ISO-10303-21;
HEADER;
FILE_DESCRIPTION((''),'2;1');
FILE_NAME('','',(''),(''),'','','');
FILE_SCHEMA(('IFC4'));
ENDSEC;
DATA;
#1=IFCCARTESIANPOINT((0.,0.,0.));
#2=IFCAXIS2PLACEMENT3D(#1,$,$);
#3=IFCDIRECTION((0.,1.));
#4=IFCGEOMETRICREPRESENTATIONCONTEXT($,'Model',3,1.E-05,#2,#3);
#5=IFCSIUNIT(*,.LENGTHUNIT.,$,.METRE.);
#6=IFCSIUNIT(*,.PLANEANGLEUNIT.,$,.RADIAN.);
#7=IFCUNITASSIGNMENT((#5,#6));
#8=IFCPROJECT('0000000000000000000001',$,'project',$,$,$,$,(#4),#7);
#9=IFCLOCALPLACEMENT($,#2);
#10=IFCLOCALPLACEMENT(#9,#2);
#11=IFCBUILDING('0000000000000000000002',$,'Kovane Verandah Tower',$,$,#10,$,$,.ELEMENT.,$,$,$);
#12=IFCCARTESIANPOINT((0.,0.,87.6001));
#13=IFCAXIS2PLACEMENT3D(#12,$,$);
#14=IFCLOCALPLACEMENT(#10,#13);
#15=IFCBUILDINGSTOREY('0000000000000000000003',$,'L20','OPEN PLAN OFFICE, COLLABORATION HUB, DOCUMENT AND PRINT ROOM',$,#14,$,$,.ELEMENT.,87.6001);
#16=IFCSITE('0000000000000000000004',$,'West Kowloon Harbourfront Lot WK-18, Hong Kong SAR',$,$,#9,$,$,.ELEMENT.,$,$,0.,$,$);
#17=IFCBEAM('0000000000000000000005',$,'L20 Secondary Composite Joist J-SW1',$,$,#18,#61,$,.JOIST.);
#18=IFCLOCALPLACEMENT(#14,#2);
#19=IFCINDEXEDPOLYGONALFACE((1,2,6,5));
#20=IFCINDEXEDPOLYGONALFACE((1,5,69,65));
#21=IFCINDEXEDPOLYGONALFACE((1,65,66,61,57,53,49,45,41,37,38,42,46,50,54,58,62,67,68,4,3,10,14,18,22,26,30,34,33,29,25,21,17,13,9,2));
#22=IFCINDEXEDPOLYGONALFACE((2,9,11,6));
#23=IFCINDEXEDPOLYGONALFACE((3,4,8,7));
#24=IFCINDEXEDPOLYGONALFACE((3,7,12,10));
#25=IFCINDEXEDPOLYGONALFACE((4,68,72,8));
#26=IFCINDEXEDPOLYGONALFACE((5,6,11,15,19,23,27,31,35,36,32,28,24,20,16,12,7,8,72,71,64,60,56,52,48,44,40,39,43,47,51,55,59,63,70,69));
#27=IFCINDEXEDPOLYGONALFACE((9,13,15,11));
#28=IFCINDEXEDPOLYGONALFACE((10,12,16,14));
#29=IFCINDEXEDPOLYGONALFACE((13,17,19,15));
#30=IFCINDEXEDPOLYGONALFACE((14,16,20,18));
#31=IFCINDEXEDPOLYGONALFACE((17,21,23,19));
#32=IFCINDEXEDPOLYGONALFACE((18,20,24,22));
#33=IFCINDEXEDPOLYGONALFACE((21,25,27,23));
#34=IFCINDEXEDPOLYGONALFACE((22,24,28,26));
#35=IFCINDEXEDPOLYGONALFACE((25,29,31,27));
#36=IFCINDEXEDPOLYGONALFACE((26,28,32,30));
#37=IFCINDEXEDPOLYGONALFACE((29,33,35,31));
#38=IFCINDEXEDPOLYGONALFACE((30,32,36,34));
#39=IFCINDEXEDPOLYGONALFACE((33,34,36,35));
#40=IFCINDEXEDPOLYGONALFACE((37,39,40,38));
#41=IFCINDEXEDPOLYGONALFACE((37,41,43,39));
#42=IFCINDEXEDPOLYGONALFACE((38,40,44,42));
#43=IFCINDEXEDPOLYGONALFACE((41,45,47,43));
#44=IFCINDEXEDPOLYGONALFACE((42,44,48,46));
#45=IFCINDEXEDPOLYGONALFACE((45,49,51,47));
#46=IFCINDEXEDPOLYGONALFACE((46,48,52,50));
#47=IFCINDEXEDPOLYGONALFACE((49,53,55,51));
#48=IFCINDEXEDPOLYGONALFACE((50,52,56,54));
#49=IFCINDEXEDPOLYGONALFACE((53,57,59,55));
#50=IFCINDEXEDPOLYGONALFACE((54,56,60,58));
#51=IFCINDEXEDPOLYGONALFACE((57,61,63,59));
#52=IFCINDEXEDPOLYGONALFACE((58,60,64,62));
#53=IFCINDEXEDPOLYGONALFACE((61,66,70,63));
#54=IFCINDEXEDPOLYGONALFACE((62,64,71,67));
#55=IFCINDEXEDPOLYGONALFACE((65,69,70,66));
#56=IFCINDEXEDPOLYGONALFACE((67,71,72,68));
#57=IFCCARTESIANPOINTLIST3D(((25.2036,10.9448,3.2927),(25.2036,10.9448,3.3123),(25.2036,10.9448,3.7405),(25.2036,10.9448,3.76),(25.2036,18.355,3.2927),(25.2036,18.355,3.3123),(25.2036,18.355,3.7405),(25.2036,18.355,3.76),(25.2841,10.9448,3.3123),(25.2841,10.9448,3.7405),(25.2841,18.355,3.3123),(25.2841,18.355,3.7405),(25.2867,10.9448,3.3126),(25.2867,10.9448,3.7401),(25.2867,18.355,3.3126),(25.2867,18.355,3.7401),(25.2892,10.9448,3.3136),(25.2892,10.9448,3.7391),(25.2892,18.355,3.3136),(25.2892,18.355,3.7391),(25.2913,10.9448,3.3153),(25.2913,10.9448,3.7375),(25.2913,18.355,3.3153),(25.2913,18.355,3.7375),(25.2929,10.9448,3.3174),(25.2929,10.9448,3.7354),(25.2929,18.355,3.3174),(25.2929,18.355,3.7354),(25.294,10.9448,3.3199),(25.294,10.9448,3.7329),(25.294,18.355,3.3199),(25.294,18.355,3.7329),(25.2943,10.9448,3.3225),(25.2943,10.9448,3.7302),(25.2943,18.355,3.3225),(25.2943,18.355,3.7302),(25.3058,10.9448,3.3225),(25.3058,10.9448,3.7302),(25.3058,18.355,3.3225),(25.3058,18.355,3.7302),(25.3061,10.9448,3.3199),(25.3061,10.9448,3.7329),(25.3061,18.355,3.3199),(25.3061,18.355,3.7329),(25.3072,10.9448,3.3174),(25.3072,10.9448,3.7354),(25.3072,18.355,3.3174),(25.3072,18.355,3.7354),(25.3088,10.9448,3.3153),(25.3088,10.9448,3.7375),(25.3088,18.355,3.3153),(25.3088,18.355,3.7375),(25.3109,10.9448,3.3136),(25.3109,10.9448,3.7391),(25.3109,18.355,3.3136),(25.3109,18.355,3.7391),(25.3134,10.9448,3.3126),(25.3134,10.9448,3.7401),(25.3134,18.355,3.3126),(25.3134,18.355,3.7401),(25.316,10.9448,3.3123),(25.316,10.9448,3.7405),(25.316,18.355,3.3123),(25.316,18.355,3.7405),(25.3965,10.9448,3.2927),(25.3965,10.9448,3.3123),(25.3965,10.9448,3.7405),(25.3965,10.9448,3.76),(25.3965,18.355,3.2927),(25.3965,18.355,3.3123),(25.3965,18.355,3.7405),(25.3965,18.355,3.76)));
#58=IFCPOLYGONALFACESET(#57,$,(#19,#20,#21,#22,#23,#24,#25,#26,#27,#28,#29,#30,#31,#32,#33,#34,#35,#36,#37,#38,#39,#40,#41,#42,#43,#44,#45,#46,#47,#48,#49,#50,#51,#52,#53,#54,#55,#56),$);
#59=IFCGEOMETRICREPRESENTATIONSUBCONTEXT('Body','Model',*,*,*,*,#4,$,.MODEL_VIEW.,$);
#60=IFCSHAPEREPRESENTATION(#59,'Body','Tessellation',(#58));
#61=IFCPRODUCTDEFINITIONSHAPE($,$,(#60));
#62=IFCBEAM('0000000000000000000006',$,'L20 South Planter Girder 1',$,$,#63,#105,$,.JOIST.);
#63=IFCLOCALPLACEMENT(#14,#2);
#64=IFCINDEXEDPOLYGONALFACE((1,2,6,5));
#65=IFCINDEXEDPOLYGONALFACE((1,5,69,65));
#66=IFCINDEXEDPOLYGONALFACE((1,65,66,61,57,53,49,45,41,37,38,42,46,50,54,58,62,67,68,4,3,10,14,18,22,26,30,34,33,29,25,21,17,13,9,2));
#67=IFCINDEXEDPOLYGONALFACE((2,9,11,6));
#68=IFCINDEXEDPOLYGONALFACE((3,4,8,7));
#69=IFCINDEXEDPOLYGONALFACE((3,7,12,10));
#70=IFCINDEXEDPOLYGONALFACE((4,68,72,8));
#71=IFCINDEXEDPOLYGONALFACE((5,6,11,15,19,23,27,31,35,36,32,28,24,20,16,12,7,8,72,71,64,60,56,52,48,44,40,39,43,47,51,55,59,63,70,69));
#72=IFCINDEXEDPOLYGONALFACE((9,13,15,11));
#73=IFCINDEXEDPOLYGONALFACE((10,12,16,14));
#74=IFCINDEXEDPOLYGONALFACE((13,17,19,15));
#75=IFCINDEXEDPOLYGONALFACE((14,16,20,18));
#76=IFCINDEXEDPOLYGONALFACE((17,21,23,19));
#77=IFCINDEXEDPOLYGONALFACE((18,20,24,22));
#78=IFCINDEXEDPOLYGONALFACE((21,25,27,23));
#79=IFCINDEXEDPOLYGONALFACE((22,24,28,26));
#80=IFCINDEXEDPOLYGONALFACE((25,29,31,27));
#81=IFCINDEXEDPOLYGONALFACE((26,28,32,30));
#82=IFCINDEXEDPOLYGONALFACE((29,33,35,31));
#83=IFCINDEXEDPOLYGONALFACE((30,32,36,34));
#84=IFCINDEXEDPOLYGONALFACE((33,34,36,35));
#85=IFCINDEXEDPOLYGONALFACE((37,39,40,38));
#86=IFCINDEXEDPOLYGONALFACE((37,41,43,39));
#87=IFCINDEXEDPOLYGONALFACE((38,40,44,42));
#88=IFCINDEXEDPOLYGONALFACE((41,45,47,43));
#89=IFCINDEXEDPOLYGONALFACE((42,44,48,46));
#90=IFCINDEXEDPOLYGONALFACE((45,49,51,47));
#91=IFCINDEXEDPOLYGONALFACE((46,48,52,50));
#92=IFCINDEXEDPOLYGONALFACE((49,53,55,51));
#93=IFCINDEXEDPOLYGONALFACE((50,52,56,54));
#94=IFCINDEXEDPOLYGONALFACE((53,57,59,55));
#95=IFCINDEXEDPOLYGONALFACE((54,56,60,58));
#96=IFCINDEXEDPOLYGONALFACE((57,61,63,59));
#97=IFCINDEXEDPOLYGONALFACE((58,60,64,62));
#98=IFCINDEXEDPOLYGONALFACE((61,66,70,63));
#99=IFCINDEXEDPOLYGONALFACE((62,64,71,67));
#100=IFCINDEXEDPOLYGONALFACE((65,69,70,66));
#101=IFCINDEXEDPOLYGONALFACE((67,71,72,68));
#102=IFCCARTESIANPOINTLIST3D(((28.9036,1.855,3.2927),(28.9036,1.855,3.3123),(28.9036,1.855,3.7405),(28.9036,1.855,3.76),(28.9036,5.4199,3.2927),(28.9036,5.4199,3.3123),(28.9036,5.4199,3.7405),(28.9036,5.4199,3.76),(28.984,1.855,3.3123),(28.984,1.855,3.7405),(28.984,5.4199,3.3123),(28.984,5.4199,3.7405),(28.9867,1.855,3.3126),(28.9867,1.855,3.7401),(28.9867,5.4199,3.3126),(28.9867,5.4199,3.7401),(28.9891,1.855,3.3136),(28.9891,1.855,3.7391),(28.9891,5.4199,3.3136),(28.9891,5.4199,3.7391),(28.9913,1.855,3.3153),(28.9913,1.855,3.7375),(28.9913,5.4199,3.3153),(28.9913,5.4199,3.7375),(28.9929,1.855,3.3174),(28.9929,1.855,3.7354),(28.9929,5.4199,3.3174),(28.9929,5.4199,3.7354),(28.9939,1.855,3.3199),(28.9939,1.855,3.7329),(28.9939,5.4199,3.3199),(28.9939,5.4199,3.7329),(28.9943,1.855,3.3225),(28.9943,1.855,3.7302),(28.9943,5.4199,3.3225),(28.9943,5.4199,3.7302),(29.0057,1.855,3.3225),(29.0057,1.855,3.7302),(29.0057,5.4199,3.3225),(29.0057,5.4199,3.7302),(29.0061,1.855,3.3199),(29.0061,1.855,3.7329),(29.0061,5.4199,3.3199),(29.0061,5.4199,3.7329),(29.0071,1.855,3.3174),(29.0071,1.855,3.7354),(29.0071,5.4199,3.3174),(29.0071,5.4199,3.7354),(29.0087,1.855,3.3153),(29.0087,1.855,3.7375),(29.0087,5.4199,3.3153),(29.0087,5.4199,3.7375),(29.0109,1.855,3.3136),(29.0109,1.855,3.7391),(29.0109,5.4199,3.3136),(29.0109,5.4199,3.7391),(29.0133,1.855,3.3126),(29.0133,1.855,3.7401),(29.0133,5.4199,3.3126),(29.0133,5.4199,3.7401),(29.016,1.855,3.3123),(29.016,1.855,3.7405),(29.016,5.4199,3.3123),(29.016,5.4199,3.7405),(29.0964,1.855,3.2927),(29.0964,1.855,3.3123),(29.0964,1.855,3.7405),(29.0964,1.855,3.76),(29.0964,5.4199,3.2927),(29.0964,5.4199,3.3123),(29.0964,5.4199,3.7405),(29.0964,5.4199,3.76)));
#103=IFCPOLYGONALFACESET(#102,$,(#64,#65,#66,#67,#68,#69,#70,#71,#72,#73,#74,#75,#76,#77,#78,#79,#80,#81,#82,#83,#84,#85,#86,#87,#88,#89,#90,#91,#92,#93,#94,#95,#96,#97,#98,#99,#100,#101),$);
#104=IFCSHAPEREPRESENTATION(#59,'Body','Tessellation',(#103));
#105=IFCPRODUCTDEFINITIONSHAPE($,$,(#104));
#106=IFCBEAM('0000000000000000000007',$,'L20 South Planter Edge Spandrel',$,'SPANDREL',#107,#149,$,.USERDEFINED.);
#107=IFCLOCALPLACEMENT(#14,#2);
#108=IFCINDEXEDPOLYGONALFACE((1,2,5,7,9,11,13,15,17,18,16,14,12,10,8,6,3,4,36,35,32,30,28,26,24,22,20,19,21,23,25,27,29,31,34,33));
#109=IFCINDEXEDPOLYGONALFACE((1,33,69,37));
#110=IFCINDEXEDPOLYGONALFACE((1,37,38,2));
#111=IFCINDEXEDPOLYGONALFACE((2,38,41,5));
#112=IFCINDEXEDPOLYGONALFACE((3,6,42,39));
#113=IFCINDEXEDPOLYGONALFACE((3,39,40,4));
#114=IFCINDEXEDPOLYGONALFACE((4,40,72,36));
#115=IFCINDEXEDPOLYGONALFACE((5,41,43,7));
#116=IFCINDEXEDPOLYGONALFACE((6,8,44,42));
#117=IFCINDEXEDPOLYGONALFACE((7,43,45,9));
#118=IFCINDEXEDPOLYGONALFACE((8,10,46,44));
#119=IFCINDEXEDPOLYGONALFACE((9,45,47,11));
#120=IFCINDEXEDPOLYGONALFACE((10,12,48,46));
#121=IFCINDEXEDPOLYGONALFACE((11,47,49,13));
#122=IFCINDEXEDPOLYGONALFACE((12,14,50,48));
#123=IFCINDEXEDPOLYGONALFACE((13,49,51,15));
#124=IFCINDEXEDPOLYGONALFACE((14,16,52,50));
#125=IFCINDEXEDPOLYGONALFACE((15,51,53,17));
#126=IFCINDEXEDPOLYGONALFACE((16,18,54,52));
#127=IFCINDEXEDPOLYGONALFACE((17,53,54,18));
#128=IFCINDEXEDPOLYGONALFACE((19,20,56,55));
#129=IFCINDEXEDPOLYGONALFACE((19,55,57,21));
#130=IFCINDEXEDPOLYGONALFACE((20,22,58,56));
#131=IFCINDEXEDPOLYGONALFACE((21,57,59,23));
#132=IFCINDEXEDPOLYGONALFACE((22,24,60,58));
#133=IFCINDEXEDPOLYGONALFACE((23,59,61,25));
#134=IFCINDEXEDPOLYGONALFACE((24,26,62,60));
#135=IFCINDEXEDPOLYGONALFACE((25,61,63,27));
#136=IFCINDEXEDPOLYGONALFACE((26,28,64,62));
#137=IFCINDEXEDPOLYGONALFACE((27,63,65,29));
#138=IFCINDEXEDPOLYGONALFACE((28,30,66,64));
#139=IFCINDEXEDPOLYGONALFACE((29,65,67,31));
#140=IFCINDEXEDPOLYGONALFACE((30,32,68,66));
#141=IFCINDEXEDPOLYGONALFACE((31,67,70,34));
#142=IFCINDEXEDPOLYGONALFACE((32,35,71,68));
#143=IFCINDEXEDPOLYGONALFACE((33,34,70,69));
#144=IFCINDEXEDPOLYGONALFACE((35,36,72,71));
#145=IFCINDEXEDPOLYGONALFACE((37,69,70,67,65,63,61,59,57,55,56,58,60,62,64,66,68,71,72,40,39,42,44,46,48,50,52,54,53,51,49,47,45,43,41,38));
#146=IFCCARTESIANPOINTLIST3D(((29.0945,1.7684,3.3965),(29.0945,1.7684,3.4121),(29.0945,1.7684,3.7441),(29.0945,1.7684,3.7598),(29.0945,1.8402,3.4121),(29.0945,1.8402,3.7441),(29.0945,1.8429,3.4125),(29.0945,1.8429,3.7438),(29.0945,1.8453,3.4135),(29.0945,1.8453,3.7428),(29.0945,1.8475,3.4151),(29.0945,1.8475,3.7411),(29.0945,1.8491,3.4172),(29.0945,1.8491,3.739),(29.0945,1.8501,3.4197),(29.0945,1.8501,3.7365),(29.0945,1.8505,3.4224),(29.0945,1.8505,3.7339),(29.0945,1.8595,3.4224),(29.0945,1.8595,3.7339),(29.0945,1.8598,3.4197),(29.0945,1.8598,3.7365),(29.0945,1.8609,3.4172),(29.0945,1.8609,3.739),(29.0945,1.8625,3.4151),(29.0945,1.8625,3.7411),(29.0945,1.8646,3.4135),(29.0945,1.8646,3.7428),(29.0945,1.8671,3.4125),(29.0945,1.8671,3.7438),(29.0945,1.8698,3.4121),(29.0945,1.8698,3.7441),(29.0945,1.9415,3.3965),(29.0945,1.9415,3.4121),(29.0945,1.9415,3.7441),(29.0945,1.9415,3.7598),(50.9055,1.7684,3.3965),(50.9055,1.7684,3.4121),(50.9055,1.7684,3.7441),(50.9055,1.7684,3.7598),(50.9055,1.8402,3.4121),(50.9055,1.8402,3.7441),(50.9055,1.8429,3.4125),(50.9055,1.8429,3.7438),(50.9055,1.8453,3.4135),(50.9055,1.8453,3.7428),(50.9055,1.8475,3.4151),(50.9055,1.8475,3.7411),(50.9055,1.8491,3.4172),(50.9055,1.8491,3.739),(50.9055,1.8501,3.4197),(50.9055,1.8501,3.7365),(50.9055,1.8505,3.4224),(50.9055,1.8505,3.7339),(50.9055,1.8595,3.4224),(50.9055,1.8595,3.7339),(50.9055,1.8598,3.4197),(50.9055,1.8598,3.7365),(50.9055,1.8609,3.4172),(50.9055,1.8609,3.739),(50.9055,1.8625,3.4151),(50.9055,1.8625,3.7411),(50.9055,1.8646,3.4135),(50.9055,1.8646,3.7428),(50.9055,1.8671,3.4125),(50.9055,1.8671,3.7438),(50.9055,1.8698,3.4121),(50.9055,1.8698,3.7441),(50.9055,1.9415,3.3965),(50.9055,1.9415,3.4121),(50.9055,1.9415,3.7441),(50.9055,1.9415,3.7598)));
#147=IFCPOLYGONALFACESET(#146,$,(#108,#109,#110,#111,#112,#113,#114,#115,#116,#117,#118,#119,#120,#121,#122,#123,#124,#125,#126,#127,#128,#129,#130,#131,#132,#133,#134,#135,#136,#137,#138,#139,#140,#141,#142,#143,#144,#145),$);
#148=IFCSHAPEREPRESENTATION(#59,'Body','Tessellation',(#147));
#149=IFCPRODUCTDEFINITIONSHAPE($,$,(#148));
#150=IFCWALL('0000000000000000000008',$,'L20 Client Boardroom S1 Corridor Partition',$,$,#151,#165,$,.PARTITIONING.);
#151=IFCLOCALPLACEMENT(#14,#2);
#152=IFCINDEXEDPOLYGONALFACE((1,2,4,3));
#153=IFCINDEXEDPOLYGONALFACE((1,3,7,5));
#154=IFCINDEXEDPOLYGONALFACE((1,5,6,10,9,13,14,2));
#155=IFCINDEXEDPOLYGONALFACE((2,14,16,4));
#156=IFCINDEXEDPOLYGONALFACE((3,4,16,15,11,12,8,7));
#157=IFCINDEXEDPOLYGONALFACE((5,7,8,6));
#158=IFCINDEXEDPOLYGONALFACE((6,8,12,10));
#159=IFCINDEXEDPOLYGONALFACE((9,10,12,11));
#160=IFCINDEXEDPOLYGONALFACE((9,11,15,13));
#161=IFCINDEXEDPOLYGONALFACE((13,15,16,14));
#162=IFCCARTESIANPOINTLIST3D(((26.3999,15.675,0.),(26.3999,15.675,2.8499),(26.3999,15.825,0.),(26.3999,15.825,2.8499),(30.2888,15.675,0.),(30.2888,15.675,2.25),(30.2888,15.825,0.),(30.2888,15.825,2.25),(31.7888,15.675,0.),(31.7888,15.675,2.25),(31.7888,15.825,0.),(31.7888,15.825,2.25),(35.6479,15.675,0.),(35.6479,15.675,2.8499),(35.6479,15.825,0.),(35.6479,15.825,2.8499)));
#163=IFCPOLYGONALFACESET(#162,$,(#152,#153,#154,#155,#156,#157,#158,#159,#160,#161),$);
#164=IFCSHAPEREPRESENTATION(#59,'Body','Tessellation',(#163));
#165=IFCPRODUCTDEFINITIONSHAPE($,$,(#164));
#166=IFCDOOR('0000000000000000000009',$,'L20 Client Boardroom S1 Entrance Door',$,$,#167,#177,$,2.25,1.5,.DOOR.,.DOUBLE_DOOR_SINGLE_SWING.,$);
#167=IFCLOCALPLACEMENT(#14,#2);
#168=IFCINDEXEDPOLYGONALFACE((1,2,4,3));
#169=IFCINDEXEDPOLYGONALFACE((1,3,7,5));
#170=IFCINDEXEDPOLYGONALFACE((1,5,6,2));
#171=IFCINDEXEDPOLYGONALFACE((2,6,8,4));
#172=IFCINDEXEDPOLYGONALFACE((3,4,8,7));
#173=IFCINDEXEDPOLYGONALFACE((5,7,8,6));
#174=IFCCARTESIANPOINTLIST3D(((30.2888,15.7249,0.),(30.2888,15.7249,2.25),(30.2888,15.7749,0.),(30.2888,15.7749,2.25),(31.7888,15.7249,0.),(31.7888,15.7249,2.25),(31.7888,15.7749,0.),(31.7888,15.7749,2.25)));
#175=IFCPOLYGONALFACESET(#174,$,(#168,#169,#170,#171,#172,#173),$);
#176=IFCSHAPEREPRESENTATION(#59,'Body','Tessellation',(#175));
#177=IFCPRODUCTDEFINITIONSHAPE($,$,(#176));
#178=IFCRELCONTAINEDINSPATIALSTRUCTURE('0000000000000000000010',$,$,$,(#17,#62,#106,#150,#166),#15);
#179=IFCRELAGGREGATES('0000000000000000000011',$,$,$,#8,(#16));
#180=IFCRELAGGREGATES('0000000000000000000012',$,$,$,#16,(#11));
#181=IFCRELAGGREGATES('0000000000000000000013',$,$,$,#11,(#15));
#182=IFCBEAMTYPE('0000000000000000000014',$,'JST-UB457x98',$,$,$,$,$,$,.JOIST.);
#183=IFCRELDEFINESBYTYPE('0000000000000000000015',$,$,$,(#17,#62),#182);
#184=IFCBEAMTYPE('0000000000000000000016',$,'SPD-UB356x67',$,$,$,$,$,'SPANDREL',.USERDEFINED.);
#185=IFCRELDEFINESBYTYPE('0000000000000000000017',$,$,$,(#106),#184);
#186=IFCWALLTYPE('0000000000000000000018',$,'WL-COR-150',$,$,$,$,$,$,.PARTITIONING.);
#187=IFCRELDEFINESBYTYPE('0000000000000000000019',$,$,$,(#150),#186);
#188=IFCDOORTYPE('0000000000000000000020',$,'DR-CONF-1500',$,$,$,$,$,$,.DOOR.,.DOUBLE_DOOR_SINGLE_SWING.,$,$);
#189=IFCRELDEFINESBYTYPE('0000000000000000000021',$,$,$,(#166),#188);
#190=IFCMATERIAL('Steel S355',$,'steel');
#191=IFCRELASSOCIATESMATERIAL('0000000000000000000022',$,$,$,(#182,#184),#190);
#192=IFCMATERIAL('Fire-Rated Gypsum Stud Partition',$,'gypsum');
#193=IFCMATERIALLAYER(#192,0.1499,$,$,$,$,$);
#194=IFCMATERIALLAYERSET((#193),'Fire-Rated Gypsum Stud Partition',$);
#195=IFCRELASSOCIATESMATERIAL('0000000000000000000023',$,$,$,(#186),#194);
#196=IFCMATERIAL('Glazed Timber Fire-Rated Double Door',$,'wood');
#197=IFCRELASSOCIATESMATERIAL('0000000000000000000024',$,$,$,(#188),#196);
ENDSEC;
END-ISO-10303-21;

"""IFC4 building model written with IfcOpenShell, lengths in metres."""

from ifc_helpers import new_model, si_unit, direction, frame, frame_2d, origin, origin_2d, place, context, subcontext, project, spatial, rectangle, i_section, extrude, material, layer, layer_set, material_profile, profile_set, type_object, element, fill, save


model = new_model("IFC4")

# Units and contexts
model_context = context("Model", 3, precision=1e-05, world=origin(), true_north=direction((0.0, 1.0)))
body_context = subcontext(model_context, "Body", "Model", "MODEL_VIEW")
ifc_project = project(units=[si_unit("LENGTHUNIT", "METRE"), si_unit("PLANEANGLEUNIT", "RADIAN")], contexts=[model_context])

# Site, building, storey
site_placement = place(None, origin())
site = spatial("IfcSite", under=ifc_project, at=site_placement, Name="West Kowloon Harbourfront Lot WK-18, Hong Kong SAR", CompositionType="ELEMENT", RefElevation=0.0)
building_placement = place(site_placement, origin())
building = spatial("IfcBuilding", under=site, at=building_placement, Name="Kovane Verandah Tower", CompositionType="ELEMENT")
storey_placement = place(building_placement, frame((0.0, 0.0, 87.6001)))
storey = spatial("IfcBuildingStorey", under=building, at=storey_placement, Name="L20", Description="OPEN PLAN OFFICE, COLLABORATION HUB, DOCUMENT AND PRINT ROOM", CompositionType="ELEMENT", Elevation=87.6001)

# Beams
ifc_material_1 = material(Name="Steel S355", Category="steel")
ifc_material_profile_1 = material_profile(ifc_material_1, i_section(OverallWidth=0.1929, OverallDepth=0.4673, WebThickness=0.0115, FlangeThickness=0.0195, FilletRadius=0.0103, at=origin_2d()), Name="UB457x191x98")
ifc_profile_set_1 = profile_set([ifc_material_profile_1], Name="Steel S355")
beam_type_1 = type_object("IfcBeamType", Name="JST-UB457x98", PredefinedType="JOIST", material=ifc_profile_set_1)
beam_1_placement = place(storey_placement, frame((25.3, 10.9448, 3.5264), z_axis=(0.0, 1.0, 0.0), x_axis=(-1.0, 0.0, 0.0)))
element("IfcBeam", 1, at=beam_1_placement, inside=storey, type_object=beam_type_1, Name="L20 Secondary Composite Joist J-SW1", PredefinedType="JOIST", context=body_context, shape_type="SweptSolid", body=[
    extrude(i_section(OverallWidth=0.1929, OverallDepth=0.4673, WebThickness=0.0115, FlangeThickness=0.0195, FilletRadius=0.0103, at=origin_2d()), origin(), (0.0, 0.0, 1.0), 7.4102),
])
beam_2_placement = place(storey_placement, frame((29.0, 5.4199, 3.5264), z_axis=(0.0, -1.0, 0.0), x_axis=(1.0, 0.0, 0.0)))
element("IfcBeam", 2, at=beam_2_placement, inside=storey, type_object=beam_type_1, Name="L20 South Planter Girder 1", PredefinedType="JOIST", context=body_context, shape_type="SweptSolid", body=[
    extrude(i_section(OverallWidth=0.1929, OverallDepth=0.4673, WebThickness=0.0115, FlangeThickness=0.0195, FilletRadius=0.0103, at=origin_2d()), origin(), (0.0, 0.0, 1.0), 3.5649),
])
ifc_material_profile_2 = material_profile(ifc_material_1, i_section(OverallWidth=0.1731, OverallDepth=0.3633, WebThickness=0.009, FlangeThickness=0.0156, FilletRadius=0.0103, at=origin_2d()), Name="UB356x171x67")
ifc_profile_set_2 = profile_set([ifc_material_profile_2], Name="Steel S355")
beam_type_2 = type_object("IfcBeamType", Name="SPD-UB356x67", ElementType="SPANDREL", PredefinedType="USERDEFINED", material=ifc_profile_set_2)
beam_3_placement = place(storey_placement, frame((29.0945, 1.855, 3.5781), z_axis=(1.0, 0.0, 0.0), x_axis=(0.0, 1.0, 0.0)))
element("IfcBeam", 3, at=beam_3_placement, inside=storey, type_object=beam_type_2, Name="L20 South Planter Edge Spandrel", ObjectType="SPANDREL", PredefinedType="USERDEFINED", context=body_context, shape_type="SweptSolid", body=[
    extrude(i_section(OverallWidth=0.1731, OverallDepth=0.3633, WebThickness=0.009, FlangeThickness=0.0156, FilletRadius=0.0103, at=origin_2d()), origin(), (0.0, 0.0, 1.0), 21.811),
])

# Wall, opening, door
ifc_material_2 = material(Name="Fire-Rated Gypsum Stud Partition", Category="gypsum")
ifc_layer_1 = layer(ifc_material_2, 0.1499)
ifc_layer_set_1 = layer_set([ifc_layer_1], Name="Fire-Rated Gypsum Stud Partition")
wall_type_1 = type_object("IfcWallType", Name="WL-COR-150", PredefinedType="PARTITIONING", material=ifc_layer_set_1)
wall_1_placement = place(storey_placement, frame((26.3999, 15.75, 0.0), z_axis=(0.0, 0.0, 1.0), x_axis=(1.0, 0.0, 0.0)))
wall_1 = element("IfcWall", 4, at=wall_1_placement, inside=storey, type_object=wall_type_1, Name="L20 Client Boardroom S1 Corridor Partition", PredefinedType="PARTITIONING", context=body_context, shape_type="SweptSolid", body=[
    extrude(rectangle(XDim=9.248, YDim=0.1499, at=frame_2d((4.624, 0.0))), origin(), (0.0, 0.0, 1.0), 2.8499),
])
opening_1_placement = place(wall_1_placement, frame((3.8889, 0.0, 0.0)))
opening_1 = element("IfcOpeningElement", 5, at=opening_1_placement, cuts=wall_1, PredefinedType="OPENING", context=body_context, shape_type="SweptSolid", body=[
    extrude(rectangle(XDim=1.5, YDim=2.25, at=frame_2d((0.75, 1.125))), frame((0.0, 0.075, 0.0), z_axis=(0.0, -1.0, 0.0), x_axis=(1.0, 0.0, 0.0)), (0.0, 0.0, 1.0), 0.1499),
])
ifc_material_3 = material(Name="Glazed Timber Fire-Rated Double Door", Category="wood")
door_type_1 = type_object("IfcDoorType", Name="DR-CONF-1500", OperationType="DOUBLE_DOOR_SINGLE_SWING", PredefinedType="DOOR", material=ifc_material_3)
door_1_placement = place(opening_1_placement, origin())
door_1 = element("IfcDoor", 6, at=door_1_placement, inside=storey, type_object=door_type_1, Name="L20 Client Boardroom S1 Entrance Door", OperationType="DOUBLE_DOOR_SINGLE_SWING", OverallHeight=2.25, OverallWidth=1.5, PredefinedType="DOOR", context=body_context, shape_type="SweptSolid", body=[
    extrude(rectangle(XDim=1.5, YDim=2.25, at=frame_2d((0.75, 1.125))), frame((0.0, 0.0249, 0.0), z_axis=(0.0, -1.0, 0.0), x_axis=(1.0, 0.0, 0.0)), (0.0, 0.0, 1.0), 0.05),
])
fill(opening_1, door_1)

save(model, "model.ifc")
